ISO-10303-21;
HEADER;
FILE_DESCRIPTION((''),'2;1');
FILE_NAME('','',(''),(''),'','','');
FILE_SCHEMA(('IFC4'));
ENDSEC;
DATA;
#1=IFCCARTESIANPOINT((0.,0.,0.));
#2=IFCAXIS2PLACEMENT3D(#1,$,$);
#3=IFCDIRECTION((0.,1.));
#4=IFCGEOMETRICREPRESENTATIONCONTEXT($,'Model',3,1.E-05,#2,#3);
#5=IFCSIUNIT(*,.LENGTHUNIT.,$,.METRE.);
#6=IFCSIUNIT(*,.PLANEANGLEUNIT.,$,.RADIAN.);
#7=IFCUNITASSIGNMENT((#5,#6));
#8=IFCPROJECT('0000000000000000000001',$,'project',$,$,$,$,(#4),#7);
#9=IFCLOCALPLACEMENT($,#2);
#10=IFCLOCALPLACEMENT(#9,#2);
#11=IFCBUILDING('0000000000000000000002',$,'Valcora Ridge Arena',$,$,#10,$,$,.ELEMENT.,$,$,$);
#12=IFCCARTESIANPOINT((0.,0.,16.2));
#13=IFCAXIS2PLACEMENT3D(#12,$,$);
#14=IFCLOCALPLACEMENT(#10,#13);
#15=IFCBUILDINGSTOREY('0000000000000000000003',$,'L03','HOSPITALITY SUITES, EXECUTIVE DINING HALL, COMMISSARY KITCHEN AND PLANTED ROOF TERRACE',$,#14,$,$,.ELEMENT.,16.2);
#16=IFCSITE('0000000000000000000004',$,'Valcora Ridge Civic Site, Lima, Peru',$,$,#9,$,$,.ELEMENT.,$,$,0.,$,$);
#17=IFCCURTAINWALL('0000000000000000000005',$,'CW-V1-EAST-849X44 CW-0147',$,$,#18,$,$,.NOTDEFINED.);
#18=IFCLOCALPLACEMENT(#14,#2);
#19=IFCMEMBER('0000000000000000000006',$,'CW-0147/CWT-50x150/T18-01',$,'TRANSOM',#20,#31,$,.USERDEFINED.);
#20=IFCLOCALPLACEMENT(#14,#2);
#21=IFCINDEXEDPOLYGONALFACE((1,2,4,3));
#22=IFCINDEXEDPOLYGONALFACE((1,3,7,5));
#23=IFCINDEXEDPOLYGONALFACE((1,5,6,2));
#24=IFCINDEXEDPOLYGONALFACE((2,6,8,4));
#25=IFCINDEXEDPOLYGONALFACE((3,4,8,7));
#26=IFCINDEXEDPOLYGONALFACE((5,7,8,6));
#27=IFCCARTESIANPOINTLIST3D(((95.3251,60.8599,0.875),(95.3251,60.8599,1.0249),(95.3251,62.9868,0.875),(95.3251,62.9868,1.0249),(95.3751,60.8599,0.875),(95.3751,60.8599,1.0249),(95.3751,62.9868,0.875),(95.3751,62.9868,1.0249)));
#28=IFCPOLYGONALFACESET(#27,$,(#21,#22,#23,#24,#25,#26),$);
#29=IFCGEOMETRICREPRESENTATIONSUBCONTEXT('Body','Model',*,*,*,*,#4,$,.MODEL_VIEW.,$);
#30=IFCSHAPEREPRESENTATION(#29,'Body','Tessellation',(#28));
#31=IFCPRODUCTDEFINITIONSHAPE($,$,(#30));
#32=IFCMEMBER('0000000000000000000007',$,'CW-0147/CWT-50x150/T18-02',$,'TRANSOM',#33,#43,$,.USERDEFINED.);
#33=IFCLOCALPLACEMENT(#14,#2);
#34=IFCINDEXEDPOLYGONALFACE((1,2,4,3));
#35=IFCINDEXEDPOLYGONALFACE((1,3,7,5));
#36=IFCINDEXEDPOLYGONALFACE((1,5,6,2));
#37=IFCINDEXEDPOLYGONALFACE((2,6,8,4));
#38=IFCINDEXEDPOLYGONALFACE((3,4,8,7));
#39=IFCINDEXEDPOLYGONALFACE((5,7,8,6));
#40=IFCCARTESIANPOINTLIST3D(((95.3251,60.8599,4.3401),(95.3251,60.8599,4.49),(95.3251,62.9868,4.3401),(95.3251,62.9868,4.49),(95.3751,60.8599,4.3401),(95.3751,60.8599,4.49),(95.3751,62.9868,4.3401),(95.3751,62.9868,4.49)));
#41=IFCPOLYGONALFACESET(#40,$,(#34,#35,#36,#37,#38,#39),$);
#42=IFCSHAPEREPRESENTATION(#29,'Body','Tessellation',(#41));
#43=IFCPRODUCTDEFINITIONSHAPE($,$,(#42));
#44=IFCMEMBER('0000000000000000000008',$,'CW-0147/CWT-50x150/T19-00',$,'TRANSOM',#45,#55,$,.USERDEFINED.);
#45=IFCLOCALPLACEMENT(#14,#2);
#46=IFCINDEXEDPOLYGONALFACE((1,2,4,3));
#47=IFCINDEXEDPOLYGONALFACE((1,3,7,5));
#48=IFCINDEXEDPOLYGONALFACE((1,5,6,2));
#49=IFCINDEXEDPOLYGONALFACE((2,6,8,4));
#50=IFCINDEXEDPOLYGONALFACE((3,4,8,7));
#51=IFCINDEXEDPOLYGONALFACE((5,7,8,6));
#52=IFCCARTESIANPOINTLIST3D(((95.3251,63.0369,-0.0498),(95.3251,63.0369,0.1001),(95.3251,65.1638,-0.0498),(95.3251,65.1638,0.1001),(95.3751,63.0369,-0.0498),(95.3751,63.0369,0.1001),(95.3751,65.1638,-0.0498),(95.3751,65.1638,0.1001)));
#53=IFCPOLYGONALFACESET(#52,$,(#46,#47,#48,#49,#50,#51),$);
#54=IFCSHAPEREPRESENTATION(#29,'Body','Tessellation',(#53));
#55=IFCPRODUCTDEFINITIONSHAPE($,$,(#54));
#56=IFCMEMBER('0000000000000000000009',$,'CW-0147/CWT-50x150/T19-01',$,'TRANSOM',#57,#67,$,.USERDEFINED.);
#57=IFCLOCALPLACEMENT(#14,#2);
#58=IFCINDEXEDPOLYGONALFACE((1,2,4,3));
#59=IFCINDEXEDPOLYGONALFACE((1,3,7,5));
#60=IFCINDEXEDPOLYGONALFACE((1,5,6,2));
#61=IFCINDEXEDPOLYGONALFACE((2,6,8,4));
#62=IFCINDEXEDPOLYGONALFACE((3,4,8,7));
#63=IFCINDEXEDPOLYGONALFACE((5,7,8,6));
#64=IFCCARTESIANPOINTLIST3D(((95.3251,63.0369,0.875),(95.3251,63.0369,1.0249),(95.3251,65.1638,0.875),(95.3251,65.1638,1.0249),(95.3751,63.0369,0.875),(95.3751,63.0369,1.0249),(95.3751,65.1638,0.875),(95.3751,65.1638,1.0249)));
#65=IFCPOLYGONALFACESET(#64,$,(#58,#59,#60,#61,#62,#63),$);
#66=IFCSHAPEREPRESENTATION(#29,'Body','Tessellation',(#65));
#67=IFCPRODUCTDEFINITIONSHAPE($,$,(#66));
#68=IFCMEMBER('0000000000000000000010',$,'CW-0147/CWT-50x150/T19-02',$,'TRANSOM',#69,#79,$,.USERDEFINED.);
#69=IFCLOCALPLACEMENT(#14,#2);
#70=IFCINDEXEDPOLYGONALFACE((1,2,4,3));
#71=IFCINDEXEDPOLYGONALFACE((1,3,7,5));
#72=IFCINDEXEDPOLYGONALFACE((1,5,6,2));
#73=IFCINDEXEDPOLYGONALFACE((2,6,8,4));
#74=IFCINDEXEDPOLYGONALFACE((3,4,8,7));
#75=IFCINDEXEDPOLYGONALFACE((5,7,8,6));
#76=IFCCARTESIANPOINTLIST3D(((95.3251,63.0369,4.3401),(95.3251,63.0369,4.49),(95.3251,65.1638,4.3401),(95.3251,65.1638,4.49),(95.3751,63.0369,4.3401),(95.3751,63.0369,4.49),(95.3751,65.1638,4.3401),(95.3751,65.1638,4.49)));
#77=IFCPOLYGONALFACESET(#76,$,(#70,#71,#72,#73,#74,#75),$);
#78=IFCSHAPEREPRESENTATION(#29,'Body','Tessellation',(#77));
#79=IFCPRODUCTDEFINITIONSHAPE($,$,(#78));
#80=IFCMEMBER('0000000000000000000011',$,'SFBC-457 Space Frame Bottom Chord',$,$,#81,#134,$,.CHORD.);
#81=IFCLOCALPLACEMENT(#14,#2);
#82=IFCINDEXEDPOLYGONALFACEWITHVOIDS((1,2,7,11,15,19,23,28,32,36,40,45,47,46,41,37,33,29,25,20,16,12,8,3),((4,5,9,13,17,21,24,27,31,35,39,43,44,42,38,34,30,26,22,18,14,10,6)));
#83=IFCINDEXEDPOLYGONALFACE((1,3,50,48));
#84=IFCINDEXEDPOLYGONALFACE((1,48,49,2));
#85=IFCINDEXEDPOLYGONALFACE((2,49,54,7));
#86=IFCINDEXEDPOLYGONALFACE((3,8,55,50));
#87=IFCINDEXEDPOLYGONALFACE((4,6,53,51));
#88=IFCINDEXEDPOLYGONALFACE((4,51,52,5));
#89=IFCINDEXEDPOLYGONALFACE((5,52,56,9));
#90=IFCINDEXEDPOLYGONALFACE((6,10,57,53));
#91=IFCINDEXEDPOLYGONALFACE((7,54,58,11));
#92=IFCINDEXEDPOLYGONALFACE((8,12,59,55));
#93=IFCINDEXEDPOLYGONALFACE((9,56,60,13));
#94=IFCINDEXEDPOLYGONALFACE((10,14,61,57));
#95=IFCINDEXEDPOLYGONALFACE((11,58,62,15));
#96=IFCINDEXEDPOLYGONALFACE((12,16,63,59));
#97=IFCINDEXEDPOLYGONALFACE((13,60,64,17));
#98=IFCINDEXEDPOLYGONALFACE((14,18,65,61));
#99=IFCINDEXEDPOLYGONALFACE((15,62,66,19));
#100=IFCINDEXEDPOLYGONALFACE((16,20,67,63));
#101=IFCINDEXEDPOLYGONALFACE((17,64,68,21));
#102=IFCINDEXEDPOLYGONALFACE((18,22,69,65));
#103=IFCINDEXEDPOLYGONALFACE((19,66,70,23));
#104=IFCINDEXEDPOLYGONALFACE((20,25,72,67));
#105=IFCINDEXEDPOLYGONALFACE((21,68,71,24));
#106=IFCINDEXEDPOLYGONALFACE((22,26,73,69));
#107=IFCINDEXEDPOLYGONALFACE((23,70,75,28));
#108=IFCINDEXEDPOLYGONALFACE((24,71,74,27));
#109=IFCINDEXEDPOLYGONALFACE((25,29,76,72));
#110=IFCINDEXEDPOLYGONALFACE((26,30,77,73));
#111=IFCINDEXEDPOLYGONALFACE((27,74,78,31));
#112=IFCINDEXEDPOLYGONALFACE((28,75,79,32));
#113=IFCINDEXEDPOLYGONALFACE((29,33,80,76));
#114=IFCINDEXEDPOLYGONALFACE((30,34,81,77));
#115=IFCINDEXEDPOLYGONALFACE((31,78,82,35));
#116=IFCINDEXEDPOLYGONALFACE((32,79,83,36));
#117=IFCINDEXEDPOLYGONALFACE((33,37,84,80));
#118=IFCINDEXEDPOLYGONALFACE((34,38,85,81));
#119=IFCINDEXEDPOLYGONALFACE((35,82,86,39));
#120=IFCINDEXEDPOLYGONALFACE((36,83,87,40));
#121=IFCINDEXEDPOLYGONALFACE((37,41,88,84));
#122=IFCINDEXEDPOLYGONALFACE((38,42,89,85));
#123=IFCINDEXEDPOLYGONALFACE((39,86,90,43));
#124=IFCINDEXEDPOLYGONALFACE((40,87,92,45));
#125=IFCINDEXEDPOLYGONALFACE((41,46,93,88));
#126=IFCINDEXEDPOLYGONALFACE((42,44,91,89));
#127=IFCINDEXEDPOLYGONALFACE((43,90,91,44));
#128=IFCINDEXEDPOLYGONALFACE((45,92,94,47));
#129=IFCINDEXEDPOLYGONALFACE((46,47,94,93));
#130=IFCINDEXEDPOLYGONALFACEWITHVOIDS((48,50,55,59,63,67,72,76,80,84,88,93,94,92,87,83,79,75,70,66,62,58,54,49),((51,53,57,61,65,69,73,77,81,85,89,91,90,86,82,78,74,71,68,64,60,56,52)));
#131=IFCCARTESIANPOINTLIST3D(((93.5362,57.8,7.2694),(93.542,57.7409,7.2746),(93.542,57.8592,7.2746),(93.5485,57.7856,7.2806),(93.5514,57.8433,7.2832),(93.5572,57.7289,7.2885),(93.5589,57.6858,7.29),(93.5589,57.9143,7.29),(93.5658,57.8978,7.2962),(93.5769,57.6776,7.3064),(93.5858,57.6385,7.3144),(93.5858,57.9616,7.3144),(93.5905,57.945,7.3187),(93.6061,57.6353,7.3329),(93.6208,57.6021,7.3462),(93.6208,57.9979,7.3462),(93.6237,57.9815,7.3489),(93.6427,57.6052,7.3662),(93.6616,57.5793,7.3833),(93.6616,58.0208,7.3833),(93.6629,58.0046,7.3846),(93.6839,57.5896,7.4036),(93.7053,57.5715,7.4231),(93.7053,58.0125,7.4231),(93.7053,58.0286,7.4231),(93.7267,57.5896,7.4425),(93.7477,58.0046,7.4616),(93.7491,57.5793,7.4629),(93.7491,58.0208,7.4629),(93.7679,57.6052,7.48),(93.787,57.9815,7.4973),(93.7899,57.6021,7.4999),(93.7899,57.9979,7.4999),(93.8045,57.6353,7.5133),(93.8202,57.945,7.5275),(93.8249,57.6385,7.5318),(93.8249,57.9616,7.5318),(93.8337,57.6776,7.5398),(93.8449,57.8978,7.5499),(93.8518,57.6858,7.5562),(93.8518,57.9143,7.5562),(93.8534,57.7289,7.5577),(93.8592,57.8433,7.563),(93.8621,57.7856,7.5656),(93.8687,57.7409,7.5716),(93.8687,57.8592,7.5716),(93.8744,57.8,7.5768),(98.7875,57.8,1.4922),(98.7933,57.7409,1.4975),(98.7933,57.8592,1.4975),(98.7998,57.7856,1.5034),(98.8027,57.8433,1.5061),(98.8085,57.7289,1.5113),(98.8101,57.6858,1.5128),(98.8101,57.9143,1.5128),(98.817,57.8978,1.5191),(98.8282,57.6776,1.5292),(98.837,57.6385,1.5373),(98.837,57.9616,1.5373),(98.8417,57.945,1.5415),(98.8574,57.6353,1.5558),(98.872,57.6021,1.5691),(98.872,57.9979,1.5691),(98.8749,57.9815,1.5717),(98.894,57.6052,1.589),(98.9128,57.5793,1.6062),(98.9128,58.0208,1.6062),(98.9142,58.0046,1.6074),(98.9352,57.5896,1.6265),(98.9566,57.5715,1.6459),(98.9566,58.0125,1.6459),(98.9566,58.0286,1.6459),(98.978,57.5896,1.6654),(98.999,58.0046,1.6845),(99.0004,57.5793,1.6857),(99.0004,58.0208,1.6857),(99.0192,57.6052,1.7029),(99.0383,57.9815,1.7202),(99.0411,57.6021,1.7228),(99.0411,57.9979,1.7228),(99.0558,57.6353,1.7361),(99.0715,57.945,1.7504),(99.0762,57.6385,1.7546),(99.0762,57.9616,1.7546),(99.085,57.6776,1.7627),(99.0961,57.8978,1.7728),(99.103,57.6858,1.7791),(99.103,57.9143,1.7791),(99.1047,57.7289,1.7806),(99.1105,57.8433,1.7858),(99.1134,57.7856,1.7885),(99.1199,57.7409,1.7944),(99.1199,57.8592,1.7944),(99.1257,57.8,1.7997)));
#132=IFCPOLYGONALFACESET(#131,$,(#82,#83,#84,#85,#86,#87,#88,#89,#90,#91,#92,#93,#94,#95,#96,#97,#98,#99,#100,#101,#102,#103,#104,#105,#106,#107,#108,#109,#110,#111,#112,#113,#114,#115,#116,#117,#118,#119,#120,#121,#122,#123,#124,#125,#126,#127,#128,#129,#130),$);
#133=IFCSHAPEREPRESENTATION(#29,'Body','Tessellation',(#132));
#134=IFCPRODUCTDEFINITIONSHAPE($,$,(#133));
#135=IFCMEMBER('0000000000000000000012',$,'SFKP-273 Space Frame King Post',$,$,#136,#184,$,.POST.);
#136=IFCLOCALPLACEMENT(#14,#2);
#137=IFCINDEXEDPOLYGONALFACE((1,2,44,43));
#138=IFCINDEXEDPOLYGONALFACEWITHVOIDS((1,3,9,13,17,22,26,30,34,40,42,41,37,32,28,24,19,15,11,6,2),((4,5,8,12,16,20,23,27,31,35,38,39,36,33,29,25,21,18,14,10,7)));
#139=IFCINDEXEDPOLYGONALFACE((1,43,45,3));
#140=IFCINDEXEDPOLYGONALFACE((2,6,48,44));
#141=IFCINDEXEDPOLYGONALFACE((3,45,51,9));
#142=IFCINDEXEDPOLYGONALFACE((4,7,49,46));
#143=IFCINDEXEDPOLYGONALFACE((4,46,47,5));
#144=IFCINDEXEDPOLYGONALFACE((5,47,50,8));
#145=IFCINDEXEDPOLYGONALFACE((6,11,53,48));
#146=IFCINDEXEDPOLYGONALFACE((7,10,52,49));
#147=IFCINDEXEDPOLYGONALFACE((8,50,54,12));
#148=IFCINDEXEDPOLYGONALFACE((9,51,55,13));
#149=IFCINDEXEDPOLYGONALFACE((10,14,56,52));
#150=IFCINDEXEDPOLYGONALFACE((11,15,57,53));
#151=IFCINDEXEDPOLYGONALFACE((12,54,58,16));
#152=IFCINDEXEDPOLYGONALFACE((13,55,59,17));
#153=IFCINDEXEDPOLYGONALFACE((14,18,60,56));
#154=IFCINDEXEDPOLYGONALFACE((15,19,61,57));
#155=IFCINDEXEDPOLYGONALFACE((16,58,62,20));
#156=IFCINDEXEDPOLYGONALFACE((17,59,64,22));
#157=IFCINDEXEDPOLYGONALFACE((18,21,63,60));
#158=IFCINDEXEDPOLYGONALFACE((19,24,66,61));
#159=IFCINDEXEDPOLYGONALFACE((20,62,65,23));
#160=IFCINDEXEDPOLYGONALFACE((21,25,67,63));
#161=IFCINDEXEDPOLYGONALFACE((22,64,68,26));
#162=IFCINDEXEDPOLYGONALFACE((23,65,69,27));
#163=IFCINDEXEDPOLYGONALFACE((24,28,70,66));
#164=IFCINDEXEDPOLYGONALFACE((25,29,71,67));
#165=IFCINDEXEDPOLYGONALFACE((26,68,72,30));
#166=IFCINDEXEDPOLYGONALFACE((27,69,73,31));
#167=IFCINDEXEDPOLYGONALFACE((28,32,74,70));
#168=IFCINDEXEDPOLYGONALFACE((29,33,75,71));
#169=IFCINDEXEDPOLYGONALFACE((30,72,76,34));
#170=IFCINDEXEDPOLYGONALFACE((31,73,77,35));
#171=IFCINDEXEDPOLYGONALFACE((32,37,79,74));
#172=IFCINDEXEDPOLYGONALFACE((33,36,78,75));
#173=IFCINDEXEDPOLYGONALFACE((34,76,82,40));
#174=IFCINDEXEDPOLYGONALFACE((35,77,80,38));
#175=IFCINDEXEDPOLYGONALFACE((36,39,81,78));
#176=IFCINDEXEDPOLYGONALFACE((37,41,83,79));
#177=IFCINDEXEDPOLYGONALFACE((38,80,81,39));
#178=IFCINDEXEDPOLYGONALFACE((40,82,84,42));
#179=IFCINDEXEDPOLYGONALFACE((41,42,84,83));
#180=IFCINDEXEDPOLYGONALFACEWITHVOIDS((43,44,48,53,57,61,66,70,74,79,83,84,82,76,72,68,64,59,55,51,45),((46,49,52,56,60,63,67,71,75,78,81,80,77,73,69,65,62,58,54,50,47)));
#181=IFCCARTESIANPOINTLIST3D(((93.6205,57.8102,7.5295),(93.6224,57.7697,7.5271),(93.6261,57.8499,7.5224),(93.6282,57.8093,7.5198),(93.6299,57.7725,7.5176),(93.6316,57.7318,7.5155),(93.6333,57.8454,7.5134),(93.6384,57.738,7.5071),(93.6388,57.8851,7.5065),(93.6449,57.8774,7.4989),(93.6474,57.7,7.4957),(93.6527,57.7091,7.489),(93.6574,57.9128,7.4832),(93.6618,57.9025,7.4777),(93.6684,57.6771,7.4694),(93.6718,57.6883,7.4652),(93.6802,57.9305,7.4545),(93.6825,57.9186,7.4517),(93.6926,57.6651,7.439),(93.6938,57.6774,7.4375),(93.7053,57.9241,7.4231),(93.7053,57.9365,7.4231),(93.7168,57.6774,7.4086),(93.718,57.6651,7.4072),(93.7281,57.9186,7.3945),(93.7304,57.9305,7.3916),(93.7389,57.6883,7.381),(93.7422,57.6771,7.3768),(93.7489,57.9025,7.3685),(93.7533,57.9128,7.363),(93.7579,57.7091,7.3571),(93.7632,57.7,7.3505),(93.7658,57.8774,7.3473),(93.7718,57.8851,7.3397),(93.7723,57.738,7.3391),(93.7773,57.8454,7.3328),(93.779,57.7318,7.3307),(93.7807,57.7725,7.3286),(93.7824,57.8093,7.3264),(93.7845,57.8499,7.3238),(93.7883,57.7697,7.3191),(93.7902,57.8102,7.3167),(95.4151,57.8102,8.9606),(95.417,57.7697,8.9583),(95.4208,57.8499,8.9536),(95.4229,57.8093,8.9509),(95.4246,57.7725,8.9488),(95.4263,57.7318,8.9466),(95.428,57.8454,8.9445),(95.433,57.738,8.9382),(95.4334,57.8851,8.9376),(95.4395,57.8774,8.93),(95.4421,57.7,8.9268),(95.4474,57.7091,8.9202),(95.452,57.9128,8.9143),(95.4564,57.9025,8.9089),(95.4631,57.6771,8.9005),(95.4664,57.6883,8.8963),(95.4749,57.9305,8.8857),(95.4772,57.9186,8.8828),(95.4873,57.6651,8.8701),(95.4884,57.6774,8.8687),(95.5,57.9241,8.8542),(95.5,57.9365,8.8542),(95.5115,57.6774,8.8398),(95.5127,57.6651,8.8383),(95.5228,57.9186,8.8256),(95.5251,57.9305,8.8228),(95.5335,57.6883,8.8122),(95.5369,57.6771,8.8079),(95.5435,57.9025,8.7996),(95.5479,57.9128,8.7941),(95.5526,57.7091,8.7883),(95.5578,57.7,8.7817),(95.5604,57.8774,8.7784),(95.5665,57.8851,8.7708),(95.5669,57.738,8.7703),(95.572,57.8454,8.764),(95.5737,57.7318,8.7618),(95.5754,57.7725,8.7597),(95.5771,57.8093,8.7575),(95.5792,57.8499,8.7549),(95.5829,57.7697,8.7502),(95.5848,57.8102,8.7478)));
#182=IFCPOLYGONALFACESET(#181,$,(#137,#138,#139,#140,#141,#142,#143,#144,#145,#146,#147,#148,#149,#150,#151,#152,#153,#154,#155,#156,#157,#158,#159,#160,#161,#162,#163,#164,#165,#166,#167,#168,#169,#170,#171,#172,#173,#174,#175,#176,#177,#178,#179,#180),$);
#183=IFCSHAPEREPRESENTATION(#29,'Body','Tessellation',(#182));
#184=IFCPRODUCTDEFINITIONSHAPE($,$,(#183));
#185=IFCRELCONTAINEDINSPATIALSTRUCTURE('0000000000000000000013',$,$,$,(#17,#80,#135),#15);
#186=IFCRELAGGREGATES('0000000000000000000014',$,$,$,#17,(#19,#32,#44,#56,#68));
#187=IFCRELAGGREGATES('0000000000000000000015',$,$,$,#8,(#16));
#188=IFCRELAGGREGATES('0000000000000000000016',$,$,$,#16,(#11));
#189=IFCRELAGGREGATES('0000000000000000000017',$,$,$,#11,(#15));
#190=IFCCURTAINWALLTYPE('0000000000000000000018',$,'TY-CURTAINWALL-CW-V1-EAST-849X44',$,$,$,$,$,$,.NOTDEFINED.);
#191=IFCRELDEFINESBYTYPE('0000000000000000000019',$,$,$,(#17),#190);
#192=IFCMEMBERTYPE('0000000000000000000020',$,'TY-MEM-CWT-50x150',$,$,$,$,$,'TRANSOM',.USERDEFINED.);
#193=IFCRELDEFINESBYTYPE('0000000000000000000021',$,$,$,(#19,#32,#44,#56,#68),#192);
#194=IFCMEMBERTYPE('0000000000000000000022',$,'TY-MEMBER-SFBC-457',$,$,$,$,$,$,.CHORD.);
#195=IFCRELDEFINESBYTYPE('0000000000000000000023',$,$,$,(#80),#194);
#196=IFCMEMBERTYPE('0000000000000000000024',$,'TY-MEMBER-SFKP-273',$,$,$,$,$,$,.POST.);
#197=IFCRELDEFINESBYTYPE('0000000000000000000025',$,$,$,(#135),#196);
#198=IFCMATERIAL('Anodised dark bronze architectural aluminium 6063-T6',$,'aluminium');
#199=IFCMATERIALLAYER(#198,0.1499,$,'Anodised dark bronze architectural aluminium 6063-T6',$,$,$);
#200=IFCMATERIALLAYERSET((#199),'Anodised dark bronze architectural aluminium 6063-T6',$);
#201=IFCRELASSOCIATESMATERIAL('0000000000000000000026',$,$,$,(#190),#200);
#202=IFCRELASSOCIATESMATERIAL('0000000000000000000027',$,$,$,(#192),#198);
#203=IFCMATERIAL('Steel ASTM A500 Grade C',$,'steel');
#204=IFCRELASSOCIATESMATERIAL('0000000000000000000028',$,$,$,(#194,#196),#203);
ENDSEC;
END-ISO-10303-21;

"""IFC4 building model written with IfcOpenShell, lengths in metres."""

from ifc_helpers import new_model, si_unit, direction, frame, origin, origin_2d, place, context, subcontext, project, spatial, rectangle, hollow_circle, extrude, material, layer, layer_set, material_profile, profile_set, type_object, element, aggregate, save


model = new_model("IFC4")

# Units and contexts
model_context = context("Model", 3, precision=1e-05, world=origin(), true_north=direction((0.0, 1.0)))
body_context = subcontext(model_context, "Body", "Model", "MODEL_VIEW")
ifc_project = project(units=[si_unit("LENGTHUNIT", "METRE"), si_unit("PLANEANGLEUNIT", "RADIAN")], contexts=[model_context])

# Site, building, storey
site_placement = place(None, origin())
site = spatial("IfcSite", under=ifc_project, at=site_placement, Name="Valcora Ridge Civic Site, Lima, Peru", CompositionType="ELEMENT", RefElevation=0.0)
building_placement = place(site_placement, origin())
building = spatial("IfcBuilding", under=site, at=building_placement, Name="Valcora Ridge Arena", CompositionType="ELEMENT")
storey_placement = place(building_placement, frame((0.0, 0.0, 16.2)))
storey = spatial("IfcBuildingStorey", under=building, at=storey_placement, Name="L03", Description="HOSPITALITY SUITES, EXECUTIVE DINING HALL, COMMISSARY KITCHEN AND PLANTED ROOF TERRACE", CompositionType="ELEMENT", Elevation=16.2)

# Curtain wall, members
ifc_material_1 = material(Name="Anodised dark bronze architectural aluminium 6063-T6", Category="aluminium")
ifc_layer_1 = layer(ifc_material_1, 0.1499, Name="Anodised dark bronze architectural aluminium 6063-T6")
ifc_layer_set_1 = layer_set([ifc_layer_1], Name="Anodised dark bronze architectural aluminium 6063-T6")
curtain_wall_type = type_object("IfcCurtainWallType", Name="TY-CURTAINWALL-CW-V1-EAST-849X44", PredefinedType="NOTDEFINED", material=ifc_layer_set_1)
curtain_wall_placement = place(storey_placement, origin())
curtain_wall = element("IfcCurtainWall", 1, at=curtain_wall_placement, inside=storey, type_object=curtain_wall_type, Name="CW-V1-EAST-849X44 CW-0147", PredefinedType="NOTDEFINED")
ifc_material_profile_1 = material_profile(ifc_material_1, rectangle(XDim=0.05, YDim=0.1499, at=origin_2d()), Name="ALU TRANSOM 50x150")
ifc_profile_set_1 = profile_set([ifc_material_profile_1], Name="Anodised dark bronze architectural aluminium 6063-T6")
member_type_1 = type_object("IfcMemberType", Name="TY-MEM-CWT-50x150", ElementType="TRANSOM", PredefinedType="USERDEFINED", material=ifc_profile_set_1)
member_1_placement = place(storey_placement, frame((95.3501, 60.8599, 0.95), z_axis=(0.0, 1.0, 0.0), x_axis=(-1.0, 0.0, 0.0)))
member_1 = element("IfcMember", 2, at=member_1_placement, type_object=member_type_1, Name="CW-0147/CWT-50x150/T18-01", ObjectType="TRANSOM", PredefinedType="USERDEFINED", context=body_context, shape_type="SweptSolid", body=[
    extrude(rectangle(XDim=0.05, YDim=0.1499, at=origin_2d()), origin(), (0.0, 0.0, 1.0), 2.127),
])
member_2_placement = place(storey_placement, frame((95.3501, 60.8599, 4.415), z_axis=(0.0, 1.0, 0.0), x_axis=(-1.0, 0.0, 0.0)))
member_2 = element("IfcMember", 3, at=member_2_placement, type_object=member_type_1, Name="CW-0147/CWT-50x150/T18-02", ObjectType="TRANSOM", PredefinedType="USERDEFINED", context=body_context, shape_type="SweptSolid", body=[
    extrude(rectangle(XDim=0.05, YDim=0.1499, at=origin_2d()), origin(), (0.0, 0.0, 1.0), 2.127),
])
member_3_placement = place(storey_placement, frame((95.3501, 63.0369, 0.0251), z_axis=(0.0, 1.0, 0.0), x_axis=(-1.0, 0.0, 0.0)))
member_3 = element("IfcMember", 4, at=member_3_placement, type_object=member_type_1, Name="CW-0147/CWT-50x150/T19-00", ObjectType="TRANSOM", PredefinedType="USERDEFINED", context=body_context, shape_type="SweptSolid", body=[
    extrude(rectangle(XDim=0.05, YDim=0.1499, at=origin_2d()), origin(), (0.0, 0.0, 1.0), 2.127),
])
member_4_placement = place(storey_placement, frame((95.3501, 63.0369, 0.95), z_axis=(0.0, 1.0, 0.0), x_axis=(-1.0, 0.0, 0.0)))
member_4 = element("IfcMember", 5, at=member_4_placement, type_object=member_type_1, Name="CW-0147/CWT-50x150/T19-01", ObjectType="TRANSOM", PredefinedType="USERDEFINED", context=body_context, shape_type="SweptSolid", body=[
    extrude(rectangle(XDim=0.05, YDim=0.1499, at=origin_2d()), origin(), (0.0, 0.0, 1.0), 2.127),
])
member_5_placement = place(storey_placement, frame((95.3501, 63.0369, 4.415), z_axis=(0.0, 1.0, 0.0), x_axis=(-1.0, 0.0, 0.0)))
member_5 = element("IfcMember", 6, at=member_5_placement, type_object=member_type_1, Name="CW-0147/CWT-50x150/T19-02", ObjectType="TRANSOM", PredefinedType="USERDEFINED", context=body_context, shape_type="SweptSolid", body=[
    extrude(rectangle(XDim=0.05, YDim=0.1499, at=origin_2d()), origin(), (0.0, 0.0, 1.0), 2.127),
])

# Members
ifc_material_2 = material(Name="Steel ASTM A500 Grade C", Category="steel")
ifc_material_profile_2 = material_profile(ifc_material_2, hollow_circle(Radius=0.2285, WallThickness=0.0161, at=origin_2d()), Name="CHS457X16")
ifc_profile_set_2 = profile_set([ifc_material_profile_2], Name="Steel ASTM A500 Grade C")
member_type_2 = type_object("IfcMemberType", Name="TY-MEMBER-SFBC-457", PredefinedType="CHORD", material=ifc_profile_set_2)
member_6_placement = place(storey_placement, frame((93.7053, 57.8, 7.4231), z_axis=(0.672625, 0.0, -0.739984), x_axis=(0.0, 1.0, 0.0)))
element("IfcMember", 7, at=member_6_placement, inside=storey, type_object=member_type_2, Name="SFBC-457 Space Frame Bottom Chord", PredefinedType="CHORD", context=body_context, shape_type="SweptSolid", body=[
    extrude(hollow_circle(Radius=0.2285, WallThickness=0.0161, at=origin_2d()), origin(), (0.0, 0.0, 1.0), 7.8071),
])
ifc_material_profile_3 = material_profile(ifc_material_2, hollow_circle(Radius=0.1365, WallThickness=0.0125, at=origin_2d()), Name="CHS273X12")
ifc_profile_set_3 = profile_set([ifc_material_profile_3], Name="Steel ASTM A500 Grade C")
member_type_3 = type_object("IfcMemberType", Name="TY-MEMBER-SFKP-273", PredefinedType="POST", material=ifc_profile_set_3)
member_7_placement = place(storey_placement, frame((93.7053, 57.8, 7.4231), z_axis=(0.781843, 0.0, 0.623475), x_axis=(0.0, 1.0, 0.0)))
element("IfcMember", 8, at=member_7_placement, inside=storey, type_object=member_type_3, Name="SFKP-273 Space Frame King Post", PredefinedType="POST", context=body_context, shape_type="SweptSolid", body=[
    extrude(hollow_circle(Radius=0.1365, WallThickness=0.0125, at=origin_2d()), origin(), (0.0, 0.0, 1.0), 2.2954),
])

aggregate(curtain_wall, [member_1, member_2, member_3, member_4, member_5])

save(model, "model.ifc")
